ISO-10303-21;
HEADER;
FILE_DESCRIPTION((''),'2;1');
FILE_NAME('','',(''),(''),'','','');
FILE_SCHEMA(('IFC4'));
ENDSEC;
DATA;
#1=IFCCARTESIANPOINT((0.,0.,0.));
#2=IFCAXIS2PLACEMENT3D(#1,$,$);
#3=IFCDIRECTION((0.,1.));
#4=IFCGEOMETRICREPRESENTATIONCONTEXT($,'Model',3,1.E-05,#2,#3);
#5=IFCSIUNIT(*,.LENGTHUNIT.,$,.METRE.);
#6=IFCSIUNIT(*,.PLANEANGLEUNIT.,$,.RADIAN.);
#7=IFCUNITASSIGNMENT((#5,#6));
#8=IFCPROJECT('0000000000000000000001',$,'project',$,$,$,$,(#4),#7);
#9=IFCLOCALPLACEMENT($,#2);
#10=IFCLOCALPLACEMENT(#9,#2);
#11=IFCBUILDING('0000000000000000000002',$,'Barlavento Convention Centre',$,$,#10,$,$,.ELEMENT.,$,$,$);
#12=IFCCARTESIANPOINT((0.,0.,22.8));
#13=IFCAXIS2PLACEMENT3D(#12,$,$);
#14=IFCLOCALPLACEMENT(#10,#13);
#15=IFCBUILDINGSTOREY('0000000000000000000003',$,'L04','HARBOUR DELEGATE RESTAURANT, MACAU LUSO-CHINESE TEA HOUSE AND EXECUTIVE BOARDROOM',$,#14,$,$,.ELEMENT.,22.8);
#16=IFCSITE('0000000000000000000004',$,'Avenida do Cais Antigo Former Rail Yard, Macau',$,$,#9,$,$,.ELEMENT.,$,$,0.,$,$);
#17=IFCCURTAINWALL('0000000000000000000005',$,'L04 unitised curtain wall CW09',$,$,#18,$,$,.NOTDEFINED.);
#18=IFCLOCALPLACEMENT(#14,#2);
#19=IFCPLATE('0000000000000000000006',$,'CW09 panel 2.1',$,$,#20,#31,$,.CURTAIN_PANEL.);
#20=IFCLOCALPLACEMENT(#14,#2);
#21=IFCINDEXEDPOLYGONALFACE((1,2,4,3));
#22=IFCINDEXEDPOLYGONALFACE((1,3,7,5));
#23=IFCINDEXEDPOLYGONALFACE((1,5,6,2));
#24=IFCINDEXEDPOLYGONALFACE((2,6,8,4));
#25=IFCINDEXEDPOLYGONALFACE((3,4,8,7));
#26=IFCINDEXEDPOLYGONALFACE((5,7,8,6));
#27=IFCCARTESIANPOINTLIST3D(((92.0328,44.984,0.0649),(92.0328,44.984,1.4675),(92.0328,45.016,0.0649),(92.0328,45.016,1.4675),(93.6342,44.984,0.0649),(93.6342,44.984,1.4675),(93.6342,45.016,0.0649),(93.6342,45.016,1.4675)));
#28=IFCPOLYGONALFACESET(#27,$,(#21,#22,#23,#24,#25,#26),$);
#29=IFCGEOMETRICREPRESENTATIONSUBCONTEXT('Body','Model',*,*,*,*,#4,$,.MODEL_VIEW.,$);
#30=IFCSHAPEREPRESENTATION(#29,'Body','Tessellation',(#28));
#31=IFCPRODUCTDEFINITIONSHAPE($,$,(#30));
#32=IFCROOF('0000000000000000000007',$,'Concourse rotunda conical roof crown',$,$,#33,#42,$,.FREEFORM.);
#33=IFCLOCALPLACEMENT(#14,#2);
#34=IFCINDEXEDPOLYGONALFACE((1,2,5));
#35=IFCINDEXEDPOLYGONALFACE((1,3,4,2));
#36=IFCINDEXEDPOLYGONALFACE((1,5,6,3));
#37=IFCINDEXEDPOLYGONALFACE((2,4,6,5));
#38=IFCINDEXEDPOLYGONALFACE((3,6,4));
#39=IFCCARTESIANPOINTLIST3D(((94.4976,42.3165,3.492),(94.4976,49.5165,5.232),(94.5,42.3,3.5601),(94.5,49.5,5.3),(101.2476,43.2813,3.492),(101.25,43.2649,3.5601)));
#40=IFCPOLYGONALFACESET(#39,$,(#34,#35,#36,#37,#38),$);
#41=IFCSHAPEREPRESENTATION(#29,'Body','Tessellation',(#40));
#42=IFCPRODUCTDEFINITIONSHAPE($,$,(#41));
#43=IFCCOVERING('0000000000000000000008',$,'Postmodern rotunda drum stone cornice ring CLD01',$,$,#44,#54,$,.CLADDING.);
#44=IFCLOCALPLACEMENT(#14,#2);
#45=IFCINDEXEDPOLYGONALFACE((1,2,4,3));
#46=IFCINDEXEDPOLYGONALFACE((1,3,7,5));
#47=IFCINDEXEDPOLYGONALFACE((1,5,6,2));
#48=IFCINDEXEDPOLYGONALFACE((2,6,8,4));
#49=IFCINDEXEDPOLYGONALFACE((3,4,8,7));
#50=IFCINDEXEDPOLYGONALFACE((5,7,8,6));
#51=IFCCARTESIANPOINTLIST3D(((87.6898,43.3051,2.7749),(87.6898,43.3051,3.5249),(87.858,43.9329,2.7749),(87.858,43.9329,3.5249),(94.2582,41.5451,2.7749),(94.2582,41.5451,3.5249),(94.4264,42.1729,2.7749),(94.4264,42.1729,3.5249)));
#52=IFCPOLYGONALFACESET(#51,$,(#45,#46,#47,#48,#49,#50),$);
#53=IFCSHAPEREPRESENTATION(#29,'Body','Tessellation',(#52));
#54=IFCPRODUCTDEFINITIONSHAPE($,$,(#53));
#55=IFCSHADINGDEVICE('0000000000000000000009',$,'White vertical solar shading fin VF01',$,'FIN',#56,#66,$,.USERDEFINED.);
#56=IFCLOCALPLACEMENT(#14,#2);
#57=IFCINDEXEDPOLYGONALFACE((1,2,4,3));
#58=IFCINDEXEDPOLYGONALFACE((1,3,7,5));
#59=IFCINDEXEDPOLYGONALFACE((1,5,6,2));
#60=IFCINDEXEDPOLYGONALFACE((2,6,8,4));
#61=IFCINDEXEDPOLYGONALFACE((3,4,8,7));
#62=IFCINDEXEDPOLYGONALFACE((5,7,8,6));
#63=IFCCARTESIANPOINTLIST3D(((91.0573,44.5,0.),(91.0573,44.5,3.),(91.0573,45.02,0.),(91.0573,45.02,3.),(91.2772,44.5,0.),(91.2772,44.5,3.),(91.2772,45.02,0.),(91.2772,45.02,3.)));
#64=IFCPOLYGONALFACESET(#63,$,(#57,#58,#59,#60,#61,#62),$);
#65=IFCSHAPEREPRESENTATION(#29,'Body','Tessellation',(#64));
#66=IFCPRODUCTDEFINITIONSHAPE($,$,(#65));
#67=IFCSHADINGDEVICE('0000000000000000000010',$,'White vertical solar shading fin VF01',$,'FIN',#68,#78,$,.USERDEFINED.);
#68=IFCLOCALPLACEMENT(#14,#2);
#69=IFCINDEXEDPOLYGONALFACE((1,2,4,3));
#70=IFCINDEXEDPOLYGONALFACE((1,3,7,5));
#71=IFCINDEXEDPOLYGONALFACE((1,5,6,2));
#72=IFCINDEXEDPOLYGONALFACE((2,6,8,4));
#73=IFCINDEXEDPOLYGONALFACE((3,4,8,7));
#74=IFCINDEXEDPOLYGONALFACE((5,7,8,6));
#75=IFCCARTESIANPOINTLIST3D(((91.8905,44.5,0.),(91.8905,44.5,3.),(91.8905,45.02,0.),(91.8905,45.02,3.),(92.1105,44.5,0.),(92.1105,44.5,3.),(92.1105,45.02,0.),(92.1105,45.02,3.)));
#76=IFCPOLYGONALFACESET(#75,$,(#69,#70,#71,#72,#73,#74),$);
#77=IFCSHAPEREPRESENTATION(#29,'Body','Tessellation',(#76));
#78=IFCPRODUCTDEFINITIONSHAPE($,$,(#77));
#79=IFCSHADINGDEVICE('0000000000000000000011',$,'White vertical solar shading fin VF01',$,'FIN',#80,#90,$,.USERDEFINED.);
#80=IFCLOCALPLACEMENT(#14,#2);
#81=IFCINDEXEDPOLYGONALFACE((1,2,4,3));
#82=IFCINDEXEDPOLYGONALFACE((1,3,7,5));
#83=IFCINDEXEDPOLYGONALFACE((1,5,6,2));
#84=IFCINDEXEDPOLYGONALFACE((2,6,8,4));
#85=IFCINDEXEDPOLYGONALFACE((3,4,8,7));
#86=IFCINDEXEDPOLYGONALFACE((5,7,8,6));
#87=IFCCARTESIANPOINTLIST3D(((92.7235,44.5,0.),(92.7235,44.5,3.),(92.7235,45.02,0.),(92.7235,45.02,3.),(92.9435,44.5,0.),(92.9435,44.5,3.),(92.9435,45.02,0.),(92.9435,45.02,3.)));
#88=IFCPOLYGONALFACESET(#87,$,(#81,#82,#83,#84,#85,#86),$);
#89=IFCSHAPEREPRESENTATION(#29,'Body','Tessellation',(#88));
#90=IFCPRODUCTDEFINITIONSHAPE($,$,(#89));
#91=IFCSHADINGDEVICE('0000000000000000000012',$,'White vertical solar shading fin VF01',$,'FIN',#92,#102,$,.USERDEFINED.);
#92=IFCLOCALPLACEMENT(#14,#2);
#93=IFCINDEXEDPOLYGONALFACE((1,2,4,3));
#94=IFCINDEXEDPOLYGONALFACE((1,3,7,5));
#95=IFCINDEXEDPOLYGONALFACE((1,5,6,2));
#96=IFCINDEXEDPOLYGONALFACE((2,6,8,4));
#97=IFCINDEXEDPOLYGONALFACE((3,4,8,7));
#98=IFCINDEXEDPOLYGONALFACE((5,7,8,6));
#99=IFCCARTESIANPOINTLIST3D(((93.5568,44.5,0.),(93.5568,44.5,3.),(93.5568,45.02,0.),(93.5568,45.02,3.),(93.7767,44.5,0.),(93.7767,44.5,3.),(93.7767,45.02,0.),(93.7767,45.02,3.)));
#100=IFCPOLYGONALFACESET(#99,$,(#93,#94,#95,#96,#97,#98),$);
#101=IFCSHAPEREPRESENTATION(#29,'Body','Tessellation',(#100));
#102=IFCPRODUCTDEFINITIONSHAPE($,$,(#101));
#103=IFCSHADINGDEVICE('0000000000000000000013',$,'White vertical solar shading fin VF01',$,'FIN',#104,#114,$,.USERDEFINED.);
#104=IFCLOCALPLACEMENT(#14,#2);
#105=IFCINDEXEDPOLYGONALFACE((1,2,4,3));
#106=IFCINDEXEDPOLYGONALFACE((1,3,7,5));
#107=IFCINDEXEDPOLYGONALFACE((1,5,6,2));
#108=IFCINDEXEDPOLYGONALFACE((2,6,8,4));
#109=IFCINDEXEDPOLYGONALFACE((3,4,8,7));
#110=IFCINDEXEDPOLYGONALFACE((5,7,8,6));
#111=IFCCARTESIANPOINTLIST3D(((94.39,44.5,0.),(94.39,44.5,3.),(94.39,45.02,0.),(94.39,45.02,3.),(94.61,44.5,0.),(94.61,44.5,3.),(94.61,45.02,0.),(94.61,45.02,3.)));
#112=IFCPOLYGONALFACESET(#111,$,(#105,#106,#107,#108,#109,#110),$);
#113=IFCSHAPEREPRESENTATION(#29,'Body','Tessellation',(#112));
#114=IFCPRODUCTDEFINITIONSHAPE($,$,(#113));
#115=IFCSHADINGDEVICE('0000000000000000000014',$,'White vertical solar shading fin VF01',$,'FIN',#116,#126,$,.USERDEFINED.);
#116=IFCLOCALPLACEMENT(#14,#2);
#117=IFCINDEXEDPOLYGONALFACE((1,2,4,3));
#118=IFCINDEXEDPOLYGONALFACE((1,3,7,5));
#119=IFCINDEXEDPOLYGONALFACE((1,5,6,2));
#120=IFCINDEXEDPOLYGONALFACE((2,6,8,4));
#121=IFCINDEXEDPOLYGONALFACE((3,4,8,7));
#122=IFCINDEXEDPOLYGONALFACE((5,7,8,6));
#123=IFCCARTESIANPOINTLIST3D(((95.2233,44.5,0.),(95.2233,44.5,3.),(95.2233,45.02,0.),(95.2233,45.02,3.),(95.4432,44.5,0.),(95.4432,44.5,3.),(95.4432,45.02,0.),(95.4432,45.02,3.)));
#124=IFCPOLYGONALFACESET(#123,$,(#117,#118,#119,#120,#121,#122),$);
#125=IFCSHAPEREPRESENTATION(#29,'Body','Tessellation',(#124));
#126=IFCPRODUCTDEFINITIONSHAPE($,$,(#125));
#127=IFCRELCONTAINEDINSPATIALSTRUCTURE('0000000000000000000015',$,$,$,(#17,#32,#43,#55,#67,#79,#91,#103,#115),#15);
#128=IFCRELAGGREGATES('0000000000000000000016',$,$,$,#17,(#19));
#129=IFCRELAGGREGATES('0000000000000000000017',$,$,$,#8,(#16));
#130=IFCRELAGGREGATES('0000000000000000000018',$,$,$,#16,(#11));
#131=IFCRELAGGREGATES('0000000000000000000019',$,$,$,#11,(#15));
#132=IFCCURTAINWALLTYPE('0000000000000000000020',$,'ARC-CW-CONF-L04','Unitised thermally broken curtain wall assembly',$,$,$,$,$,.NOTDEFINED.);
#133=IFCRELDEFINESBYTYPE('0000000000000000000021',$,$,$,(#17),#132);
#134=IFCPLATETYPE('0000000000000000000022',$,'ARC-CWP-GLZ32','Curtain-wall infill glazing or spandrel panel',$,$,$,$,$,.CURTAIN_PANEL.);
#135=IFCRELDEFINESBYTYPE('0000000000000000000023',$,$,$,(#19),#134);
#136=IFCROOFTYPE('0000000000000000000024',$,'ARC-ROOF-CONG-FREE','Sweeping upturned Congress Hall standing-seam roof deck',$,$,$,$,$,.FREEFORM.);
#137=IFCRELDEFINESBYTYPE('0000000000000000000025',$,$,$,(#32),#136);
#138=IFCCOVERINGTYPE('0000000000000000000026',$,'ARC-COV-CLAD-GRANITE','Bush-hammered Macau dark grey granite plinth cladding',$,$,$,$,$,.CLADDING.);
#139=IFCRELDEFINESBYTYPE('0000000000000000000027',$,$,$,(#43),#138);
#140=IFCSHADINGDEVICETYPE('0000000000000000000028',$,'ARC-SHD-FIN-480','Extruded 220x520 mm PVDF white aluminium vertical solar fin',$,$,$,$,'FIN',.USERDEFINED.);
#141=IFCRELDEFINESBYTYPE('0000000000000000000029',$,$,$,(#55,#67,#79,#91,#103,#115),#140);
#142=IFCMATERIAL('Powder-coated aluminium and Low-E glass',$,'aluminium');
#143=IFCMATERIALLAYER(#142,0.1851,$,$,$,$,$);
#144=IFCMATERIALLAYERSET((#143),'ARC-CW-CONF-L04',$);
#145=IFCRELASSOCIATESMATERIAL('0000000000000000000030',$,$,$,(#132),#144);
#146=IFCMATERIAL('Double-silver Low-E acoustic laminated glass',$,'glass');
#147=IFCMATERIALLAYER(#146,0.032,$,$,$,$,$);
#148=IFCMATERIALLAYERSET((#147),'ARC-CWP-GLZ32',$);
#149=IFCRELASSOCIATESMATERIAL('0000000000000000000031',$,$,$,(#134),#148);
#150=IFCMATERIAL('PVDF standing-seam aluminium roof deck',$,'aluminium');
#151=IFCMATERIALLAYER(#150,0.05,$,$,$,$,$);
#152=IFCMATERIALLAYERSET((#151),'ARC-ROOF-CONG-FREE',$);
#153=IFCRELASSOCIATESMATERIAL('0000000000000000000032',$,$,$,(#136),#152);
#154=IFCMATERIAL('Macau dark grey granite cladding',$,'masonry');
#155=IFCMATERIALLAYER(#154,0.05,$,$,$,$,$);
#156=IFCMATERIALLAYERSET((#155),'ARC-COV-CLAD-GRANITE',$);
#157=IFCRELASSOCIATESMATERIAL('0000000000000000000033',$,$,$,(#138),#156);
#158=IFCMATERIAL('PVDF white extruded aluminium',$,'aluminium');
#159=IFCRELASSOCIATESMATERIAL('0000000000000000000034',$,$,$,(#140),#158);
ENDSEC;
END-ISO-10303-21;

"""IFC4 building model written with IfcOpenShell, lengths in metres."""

from ifc_helpers import new_model, si_unit, direction, frame, origin, origin_2d, place, context, subcontext, project, spatial, polyline, rectangle, outline, extrude, material, layer, layer_set, type_object, element, aggregate, save


model = new_model("IFC4")

# Units and contexts
model_context = context("Model", 3, precision=1e-05, world=origin(), true_north=direction((0.0, 1.0)))
body_context = subcontext(model_context, "Body", "Model", "MODEL_VIEW")
ifc_project = project(units=[si_unit("LENGTHUNIT", "METRE"), si_unit("PLANEANGLEUNIT", "RADIAN")], contexts=[model_context])

# Site, building, storey
site_placement = place(None, origin())
site = spatial("IfcSite", under=ifc_project, at=site_placement, Name="Avenida do Cais Antigo Former Rail Yard, Macau", CompositionType="ELEMENT", RefElevation=0.0)
building_placement = place(site_placement, origin())
building = spatial("IfcBuilding", under=site, at=building_placement, Name="Barlavento Convention Centre", CompositionType="ELEMENT")
storey_placement = place(building_placement, frame((0.0, 0.0, 22.8)))
storey = spatial("IfcBuildingStorey", under=building, at=storey_placement, Name="L04", Description="HARBOUR DELEGATE RESTAURANT, MACAU LUSO-CHINESE TEA HOUSE AND EXECUTIVE BOARDROOM", CompositionType="ELEMENT", Elevation=22.8)

# Curtain wall
ifc_material_1 = material(Name="Powder-coated aluminium and Low-E glass", Category="aluminium")
ifc_layer_1 = layer(ifc_material_1, 0.1851)
ifc_layer_set_1 = layer_set([ifc_layer_1], Name="ARC-CW-CONF-L04")
curtain_wall_type = type_object("IfcCurtainWallType", Name="ARC-CW-CONF-L04", Description="Unitised thermally broken curtain wall assembly", PredefinedType="NOTDEFINED", material=ifc_layer_set_1)
curtain_wall_placement = place(storey_placement, origin())
curtain_wall = element("IfcCurtainWall", 1, at=curtain_wall_placement, inside=storey, type_object=curtain_wall_type, Name="L04 unitised curtain wall CW09", PredefinedType="NOTDEFINED")

# Plate
ifc_material_2 = material(Name="Double-silver Low-E acoustic laminated glass", Category="glass")
ifc_layer_2 = layer(ifc_material_2, 0.032)
ifc_layer_set_2 = layer_set([ifc_layer_2], Name="ARC-CWP-GLZ32")
plate_type = type_object("IfcPlateType", Name="ARC-CWP-GLZ32", Description="Curtain-wall infill glazing or spandrel panel", PredefinedType="CURTAIN_PANEL", material=ifc_layer_set_2)
plate_1_placement = place(storey_placement, frame((92.8335, 45.0, 0.0649), z_axis=(0.0, 0.0, 1.0), x_axis=(1.0, 0.0, 0.0)))
plate_1 = element("IfcPlate", 2, at=plate_1_placement, type_object=plate_type, Name="CW09 panel 2.1", PredefinedType="CURTAIN_PANEL", context=body_context, shape_type="SweptSolid", body=[
    extrude(rectangle(XDim=1.6013, YDim=0.032, at=origin_2d()), origin(), (0.0, 0.0, 1.0), 1.4026),
])
aggregate(curtain_wall, [plate_1])

# Roof
ifc_material_3 = material(Name="PVDF standing-seam aluminium roof deck", Category="aluminium")
ifc_layer_3 = layer(ifc_material_3, 0.05)
ifc_layer_set_3 = layer_set([ifc_layer_3], Name="ARC-ROOF-CONG-FREE")
roof_type = type_object("IfcRoofType", Name="ARC-ROOF-CONG-FREE", Description="Sweeping upturned Congress Hall standing-seam roof deck", PredefinedType="FREEFORM", material=ifc_layer_set_3)
roof_placement = place(storey_placement, frame((94.5, 42.3, 3.5601), z_axis=(0.033558, -0.234772, 0.971471), x_axis=(0.989938, 0.141502, 0.0)))
element("IfcRoof", 3, at=roof_placement, inside=storey, type_object=roof_type, Name="Concourse rotunda conical roof crown", PredefinedType="FREEFORM", context=body_context, shape_type="SweptSolid", body=[
    extrude(outline(polyline([(0.0, 0.0), (6.8186, 0.0), (1.0188, 7.3368), (0.0, 0.0)])), origin(), (0.0, 0.0, -1.0), 0.0701),
])

# Covering
ifc_material_4 = material(Name="Macau dark grey granite cladding", Category="masonry")
ifc_layer_4 = layer(ifc_material_4, 0.05)
ifc_layer_set_4 = layer_set([ifc_layer_4], Name="ARC-COV-CLAD-GRANITE")
covering_type = type_object("IfcCoveringType", Name="ARC-COV-CLAD-GRANITE", Description="Bush-hammered Macau dark grey granite plinth cladding", PredefinedType="CLADDING", material=ifc_layer_set_4)
covering_placement = place(storey_placement, frame((91.0581, 42.739, 2.7749), z_axis=(0.0, 0.0, 1.0), x_axis=(0.965926, -0.258819, 0.0)))
element("IfcCovering", 4, at=covering_placement, inside=storey, type_object=covering_type, Name="Postmodern rotunda drum stone cornice ring CLD01", PredefinedType="CLADDING", context=body_context, shape_type="SweptSolid", body=[
    extrude(rectangle(XDim=6.8, YDim=0.6499, at=origin_2d()), origin(), (0.0, 0.0, 1.0), 0.75),
])

# Shading devices
ifc_material_5 = material(Name="PVDF white extruded aluminium", Category="aluminium")
shading_device_type = type_object("IfcShadingDeviceType", Name="ARC-SHD-FIN-480", Description="Extruded 220x520 mm PVDF white aluminium vertical solar fin", ElementType="FIN", PredefinedType="USERDEFINED", material=ifc_material_5)
for number, where, z_axis, x_axis, name in (
    (5, (91.1672, 44.76, 0.0), (0.0, 0.0, 1.0), (1.0, 0.0, 0.0), "White vertical solar shading fin VF01"),
    (6, (92.0005, 44.76, 0.0), (0.0, 0.0, 1.0), (1.0, 0.0, 0.0), "White vertical solar shading fin VF01"),
    (7, (92.8335, 44.76, 0.0), (0.0, 0.0, 1.0), (1.0, 0.0, 0.0), "White vertical solar shading fin VF01"),
    (8, (93.6667, 44.76, 0.0), (0.0, 0.0, 1.0), (1.0, 0.0, 0.0), "White vertical solar shading fin VF01"),
    (9, (94.5, 44.76, 0.0), (0.0, 0.0, 1.0), (1.0, 0.0, 0.0), "White vertical solar shading fin VF01"),
    (10, (95.3333, 44.76, 0.0), (0.0, 0.0, 1.0), (1.0, 0.0, 0.0), "White vertical solar shading fin VF01"),
):
    element("IfcShadingDevice", number, at=place(storey_placement, frame(where, z_axis=z_axis, x_axis=x_axis)), inside=storey, type_object=shading_device_type, Name=name, ObjectType="FIN", PredefinedType="USERDEFINED", context=body_context, shape_type="SweptSolid", body=[
        extrude(rectangle(XDim=0.22, YDim=0.52, at=origin_2d()), origin(), (0.0, 0.0, 1.0), 3.0),
    ])

save(model, "model.ifc")
